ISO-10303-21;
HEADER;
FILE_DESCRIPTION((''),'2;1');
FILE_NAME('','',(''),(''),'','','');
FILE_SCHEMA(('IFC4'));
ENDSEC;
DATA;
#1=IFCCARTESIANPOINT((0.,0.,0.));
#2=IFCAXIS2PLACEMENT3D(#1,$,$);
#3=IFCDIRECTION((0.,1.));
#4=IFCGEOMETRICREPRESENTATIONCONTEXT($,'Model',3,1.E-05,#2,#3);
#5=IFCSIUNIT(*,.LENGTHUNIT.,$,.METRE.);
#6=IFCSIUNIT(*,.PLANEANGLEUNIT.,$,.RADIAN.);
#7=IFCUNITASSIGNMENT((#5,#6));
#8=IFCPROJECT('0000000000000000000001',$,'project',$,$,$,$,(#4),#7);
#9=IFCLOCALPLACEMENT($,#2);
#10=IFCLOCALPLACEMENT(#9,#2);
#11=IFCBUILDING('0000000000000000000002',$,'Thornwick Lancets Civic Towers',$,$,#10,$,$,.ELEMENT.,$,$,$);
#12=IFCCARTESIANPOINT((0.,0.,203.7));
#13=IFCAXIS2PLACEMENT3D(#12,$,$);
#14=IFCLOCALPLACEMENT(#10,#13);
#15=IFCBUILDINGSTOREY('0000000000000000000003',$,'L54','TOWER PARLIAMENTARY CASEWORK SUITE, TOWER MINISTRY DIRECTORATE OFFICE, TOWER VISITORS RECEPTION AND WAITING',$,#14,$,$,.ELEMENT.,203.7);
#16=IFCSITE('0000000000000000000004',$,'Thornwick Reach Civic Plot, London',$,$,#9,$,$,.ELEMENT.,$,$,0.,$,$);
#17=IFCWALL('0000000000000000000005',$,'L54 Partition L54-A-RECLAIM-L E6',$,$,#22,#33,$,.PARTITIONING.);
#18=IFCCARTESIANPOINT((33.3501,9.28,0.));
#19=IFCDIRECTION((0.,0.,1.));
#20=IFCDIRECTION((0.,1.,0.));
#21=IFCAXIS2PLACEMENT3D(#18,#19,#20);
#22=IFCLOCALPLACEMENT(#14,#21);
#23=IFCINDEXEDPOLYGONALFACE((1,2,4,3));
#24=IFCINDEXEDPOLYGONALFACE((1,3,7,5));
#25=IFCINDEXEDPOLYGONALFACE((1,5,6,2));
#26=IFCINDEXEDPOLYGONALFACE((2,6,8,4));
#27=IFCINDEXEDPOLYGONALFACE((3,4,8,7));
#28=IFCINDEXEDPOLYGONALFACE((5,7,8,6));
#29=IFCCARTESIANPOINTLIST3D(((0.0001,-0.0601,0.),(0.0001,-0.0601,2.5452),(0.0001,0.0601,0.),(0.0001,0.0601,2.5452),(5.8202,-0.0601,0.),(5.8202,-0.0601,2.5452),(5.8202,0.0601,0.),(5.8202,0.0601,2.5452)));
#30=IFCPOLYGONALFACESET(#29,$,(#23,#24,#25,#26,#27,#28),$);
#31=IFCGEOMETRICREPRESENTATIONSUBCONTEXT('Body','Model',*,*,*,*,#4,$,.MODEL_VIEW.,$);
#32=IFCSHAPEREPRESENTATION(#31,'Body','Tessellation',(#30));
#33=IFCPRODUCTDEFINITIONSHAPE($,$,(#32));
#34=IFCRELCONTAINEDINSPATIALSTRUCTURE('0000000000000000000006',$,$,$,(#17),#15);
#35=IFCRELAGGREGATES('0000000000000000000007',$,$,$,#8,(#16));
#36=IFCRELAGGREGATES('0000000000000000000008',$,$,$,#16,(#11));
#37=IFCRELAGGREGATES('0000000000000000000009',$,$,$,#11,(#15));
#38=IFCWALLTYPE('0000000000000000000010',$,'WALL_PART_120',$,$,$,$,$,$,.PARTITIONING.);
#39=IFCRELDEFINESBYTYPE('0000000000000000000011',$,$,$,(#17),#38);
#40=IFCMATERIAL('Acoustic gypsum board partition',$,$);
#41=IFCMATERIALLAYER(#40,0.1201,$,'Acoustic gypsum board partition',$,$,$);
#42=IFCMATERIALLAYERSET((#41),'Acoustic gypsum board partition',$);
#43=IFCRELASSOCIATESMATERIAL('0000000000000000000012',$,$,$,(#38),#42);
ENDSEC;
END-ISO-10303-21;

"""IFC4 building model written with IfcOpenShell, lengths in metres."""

from ifc_helpers import new_model, si_unit, direction, frame, frame_2d, origin, place, context, subcontext, project, spatial, rectangle, extrude, material, layer, layer_set, type_object, element, save


model = new_model("IFC4")

# Units and contexts
model_context = context("Model", 3, precision=1e-05, world=origin(), true_north=direction((0.0, 1.0)))
body_context = subcontext(model_context, "Body", "Model", "MODEL_VIEW")
ifc_project = project(units=[si_unit("LENGTHUNIT", "METRE"), si_unit("PLANEANGLEUNIT", "RADIAN")], contexts=[model_context])

# Site, building, storey
site_placement = place(None, origin())
site = spatial("IfcSite", under=ifc_project, at=site_placement, Name="Thornwick Reach Civic Plot, London", CompositionType="ELEMENT", RefElevation=0.0)
building_placement = place(site_placement, origin())
building = spatial("IfcBuilding", under=site, at=building_placement, Name="Thornwick Lancets Civic Towers", CompositionType="ELEMENT")
storey_placement = place(building_placement, frame((0.0, 0.0, 203.7)))
storey = spatial("IfcBuildingStorey", under=building, at=storey_placement, Name="L54", Description="TOWER PARLIAMENTARY CASEWORK SUITE, TOWER MINISTRY DIRECTORATE OFFICE, TOWER VISITORS RECEPTION AND WAITING", CompositionType="ELEMENT", Elevation=203.7)

# Shared definitions
ifc_material_1 = material(Name="Acoustic gypsum board partition")
ifc_layer_1 = layer(ifc_material_1, 0.1201, Name="Acoustic gypsum board partition")
ifc_layer_set_1 = layer_set([ifc_layer_1], Name="Acoustic gypsum board partition")
wall_type_1 = type_object("IfcWallType", Name="WALL_PART_120", PredefinedType="PARTITIONING", material=ifc_layer_set_1)

# Wall
wall_1_placement = place(storey_placement, frame((33.3501, 9.28, 0.0), z_axis=(0.0, 0.0, 1.0), x_axis=(0.0, 1.0, 0.0)))
element("IfcWall", 1, at=wall_1_placement, inside=storey, type_object=wall_type_1, Name="L54 Partition L54-A-RECLAIM-L E6", PredefinedType="PARTITIONING", context=body_context, shape_type="SweptSolid", body=[
    extrude(rectangle(XDim=5.8201, YDim=0.1201, at=frame_2d((2.9102, 0.0))), origin(), (0.0, 0.0, 1.0), 2.5452),
])

save(model, "model.ifc")
